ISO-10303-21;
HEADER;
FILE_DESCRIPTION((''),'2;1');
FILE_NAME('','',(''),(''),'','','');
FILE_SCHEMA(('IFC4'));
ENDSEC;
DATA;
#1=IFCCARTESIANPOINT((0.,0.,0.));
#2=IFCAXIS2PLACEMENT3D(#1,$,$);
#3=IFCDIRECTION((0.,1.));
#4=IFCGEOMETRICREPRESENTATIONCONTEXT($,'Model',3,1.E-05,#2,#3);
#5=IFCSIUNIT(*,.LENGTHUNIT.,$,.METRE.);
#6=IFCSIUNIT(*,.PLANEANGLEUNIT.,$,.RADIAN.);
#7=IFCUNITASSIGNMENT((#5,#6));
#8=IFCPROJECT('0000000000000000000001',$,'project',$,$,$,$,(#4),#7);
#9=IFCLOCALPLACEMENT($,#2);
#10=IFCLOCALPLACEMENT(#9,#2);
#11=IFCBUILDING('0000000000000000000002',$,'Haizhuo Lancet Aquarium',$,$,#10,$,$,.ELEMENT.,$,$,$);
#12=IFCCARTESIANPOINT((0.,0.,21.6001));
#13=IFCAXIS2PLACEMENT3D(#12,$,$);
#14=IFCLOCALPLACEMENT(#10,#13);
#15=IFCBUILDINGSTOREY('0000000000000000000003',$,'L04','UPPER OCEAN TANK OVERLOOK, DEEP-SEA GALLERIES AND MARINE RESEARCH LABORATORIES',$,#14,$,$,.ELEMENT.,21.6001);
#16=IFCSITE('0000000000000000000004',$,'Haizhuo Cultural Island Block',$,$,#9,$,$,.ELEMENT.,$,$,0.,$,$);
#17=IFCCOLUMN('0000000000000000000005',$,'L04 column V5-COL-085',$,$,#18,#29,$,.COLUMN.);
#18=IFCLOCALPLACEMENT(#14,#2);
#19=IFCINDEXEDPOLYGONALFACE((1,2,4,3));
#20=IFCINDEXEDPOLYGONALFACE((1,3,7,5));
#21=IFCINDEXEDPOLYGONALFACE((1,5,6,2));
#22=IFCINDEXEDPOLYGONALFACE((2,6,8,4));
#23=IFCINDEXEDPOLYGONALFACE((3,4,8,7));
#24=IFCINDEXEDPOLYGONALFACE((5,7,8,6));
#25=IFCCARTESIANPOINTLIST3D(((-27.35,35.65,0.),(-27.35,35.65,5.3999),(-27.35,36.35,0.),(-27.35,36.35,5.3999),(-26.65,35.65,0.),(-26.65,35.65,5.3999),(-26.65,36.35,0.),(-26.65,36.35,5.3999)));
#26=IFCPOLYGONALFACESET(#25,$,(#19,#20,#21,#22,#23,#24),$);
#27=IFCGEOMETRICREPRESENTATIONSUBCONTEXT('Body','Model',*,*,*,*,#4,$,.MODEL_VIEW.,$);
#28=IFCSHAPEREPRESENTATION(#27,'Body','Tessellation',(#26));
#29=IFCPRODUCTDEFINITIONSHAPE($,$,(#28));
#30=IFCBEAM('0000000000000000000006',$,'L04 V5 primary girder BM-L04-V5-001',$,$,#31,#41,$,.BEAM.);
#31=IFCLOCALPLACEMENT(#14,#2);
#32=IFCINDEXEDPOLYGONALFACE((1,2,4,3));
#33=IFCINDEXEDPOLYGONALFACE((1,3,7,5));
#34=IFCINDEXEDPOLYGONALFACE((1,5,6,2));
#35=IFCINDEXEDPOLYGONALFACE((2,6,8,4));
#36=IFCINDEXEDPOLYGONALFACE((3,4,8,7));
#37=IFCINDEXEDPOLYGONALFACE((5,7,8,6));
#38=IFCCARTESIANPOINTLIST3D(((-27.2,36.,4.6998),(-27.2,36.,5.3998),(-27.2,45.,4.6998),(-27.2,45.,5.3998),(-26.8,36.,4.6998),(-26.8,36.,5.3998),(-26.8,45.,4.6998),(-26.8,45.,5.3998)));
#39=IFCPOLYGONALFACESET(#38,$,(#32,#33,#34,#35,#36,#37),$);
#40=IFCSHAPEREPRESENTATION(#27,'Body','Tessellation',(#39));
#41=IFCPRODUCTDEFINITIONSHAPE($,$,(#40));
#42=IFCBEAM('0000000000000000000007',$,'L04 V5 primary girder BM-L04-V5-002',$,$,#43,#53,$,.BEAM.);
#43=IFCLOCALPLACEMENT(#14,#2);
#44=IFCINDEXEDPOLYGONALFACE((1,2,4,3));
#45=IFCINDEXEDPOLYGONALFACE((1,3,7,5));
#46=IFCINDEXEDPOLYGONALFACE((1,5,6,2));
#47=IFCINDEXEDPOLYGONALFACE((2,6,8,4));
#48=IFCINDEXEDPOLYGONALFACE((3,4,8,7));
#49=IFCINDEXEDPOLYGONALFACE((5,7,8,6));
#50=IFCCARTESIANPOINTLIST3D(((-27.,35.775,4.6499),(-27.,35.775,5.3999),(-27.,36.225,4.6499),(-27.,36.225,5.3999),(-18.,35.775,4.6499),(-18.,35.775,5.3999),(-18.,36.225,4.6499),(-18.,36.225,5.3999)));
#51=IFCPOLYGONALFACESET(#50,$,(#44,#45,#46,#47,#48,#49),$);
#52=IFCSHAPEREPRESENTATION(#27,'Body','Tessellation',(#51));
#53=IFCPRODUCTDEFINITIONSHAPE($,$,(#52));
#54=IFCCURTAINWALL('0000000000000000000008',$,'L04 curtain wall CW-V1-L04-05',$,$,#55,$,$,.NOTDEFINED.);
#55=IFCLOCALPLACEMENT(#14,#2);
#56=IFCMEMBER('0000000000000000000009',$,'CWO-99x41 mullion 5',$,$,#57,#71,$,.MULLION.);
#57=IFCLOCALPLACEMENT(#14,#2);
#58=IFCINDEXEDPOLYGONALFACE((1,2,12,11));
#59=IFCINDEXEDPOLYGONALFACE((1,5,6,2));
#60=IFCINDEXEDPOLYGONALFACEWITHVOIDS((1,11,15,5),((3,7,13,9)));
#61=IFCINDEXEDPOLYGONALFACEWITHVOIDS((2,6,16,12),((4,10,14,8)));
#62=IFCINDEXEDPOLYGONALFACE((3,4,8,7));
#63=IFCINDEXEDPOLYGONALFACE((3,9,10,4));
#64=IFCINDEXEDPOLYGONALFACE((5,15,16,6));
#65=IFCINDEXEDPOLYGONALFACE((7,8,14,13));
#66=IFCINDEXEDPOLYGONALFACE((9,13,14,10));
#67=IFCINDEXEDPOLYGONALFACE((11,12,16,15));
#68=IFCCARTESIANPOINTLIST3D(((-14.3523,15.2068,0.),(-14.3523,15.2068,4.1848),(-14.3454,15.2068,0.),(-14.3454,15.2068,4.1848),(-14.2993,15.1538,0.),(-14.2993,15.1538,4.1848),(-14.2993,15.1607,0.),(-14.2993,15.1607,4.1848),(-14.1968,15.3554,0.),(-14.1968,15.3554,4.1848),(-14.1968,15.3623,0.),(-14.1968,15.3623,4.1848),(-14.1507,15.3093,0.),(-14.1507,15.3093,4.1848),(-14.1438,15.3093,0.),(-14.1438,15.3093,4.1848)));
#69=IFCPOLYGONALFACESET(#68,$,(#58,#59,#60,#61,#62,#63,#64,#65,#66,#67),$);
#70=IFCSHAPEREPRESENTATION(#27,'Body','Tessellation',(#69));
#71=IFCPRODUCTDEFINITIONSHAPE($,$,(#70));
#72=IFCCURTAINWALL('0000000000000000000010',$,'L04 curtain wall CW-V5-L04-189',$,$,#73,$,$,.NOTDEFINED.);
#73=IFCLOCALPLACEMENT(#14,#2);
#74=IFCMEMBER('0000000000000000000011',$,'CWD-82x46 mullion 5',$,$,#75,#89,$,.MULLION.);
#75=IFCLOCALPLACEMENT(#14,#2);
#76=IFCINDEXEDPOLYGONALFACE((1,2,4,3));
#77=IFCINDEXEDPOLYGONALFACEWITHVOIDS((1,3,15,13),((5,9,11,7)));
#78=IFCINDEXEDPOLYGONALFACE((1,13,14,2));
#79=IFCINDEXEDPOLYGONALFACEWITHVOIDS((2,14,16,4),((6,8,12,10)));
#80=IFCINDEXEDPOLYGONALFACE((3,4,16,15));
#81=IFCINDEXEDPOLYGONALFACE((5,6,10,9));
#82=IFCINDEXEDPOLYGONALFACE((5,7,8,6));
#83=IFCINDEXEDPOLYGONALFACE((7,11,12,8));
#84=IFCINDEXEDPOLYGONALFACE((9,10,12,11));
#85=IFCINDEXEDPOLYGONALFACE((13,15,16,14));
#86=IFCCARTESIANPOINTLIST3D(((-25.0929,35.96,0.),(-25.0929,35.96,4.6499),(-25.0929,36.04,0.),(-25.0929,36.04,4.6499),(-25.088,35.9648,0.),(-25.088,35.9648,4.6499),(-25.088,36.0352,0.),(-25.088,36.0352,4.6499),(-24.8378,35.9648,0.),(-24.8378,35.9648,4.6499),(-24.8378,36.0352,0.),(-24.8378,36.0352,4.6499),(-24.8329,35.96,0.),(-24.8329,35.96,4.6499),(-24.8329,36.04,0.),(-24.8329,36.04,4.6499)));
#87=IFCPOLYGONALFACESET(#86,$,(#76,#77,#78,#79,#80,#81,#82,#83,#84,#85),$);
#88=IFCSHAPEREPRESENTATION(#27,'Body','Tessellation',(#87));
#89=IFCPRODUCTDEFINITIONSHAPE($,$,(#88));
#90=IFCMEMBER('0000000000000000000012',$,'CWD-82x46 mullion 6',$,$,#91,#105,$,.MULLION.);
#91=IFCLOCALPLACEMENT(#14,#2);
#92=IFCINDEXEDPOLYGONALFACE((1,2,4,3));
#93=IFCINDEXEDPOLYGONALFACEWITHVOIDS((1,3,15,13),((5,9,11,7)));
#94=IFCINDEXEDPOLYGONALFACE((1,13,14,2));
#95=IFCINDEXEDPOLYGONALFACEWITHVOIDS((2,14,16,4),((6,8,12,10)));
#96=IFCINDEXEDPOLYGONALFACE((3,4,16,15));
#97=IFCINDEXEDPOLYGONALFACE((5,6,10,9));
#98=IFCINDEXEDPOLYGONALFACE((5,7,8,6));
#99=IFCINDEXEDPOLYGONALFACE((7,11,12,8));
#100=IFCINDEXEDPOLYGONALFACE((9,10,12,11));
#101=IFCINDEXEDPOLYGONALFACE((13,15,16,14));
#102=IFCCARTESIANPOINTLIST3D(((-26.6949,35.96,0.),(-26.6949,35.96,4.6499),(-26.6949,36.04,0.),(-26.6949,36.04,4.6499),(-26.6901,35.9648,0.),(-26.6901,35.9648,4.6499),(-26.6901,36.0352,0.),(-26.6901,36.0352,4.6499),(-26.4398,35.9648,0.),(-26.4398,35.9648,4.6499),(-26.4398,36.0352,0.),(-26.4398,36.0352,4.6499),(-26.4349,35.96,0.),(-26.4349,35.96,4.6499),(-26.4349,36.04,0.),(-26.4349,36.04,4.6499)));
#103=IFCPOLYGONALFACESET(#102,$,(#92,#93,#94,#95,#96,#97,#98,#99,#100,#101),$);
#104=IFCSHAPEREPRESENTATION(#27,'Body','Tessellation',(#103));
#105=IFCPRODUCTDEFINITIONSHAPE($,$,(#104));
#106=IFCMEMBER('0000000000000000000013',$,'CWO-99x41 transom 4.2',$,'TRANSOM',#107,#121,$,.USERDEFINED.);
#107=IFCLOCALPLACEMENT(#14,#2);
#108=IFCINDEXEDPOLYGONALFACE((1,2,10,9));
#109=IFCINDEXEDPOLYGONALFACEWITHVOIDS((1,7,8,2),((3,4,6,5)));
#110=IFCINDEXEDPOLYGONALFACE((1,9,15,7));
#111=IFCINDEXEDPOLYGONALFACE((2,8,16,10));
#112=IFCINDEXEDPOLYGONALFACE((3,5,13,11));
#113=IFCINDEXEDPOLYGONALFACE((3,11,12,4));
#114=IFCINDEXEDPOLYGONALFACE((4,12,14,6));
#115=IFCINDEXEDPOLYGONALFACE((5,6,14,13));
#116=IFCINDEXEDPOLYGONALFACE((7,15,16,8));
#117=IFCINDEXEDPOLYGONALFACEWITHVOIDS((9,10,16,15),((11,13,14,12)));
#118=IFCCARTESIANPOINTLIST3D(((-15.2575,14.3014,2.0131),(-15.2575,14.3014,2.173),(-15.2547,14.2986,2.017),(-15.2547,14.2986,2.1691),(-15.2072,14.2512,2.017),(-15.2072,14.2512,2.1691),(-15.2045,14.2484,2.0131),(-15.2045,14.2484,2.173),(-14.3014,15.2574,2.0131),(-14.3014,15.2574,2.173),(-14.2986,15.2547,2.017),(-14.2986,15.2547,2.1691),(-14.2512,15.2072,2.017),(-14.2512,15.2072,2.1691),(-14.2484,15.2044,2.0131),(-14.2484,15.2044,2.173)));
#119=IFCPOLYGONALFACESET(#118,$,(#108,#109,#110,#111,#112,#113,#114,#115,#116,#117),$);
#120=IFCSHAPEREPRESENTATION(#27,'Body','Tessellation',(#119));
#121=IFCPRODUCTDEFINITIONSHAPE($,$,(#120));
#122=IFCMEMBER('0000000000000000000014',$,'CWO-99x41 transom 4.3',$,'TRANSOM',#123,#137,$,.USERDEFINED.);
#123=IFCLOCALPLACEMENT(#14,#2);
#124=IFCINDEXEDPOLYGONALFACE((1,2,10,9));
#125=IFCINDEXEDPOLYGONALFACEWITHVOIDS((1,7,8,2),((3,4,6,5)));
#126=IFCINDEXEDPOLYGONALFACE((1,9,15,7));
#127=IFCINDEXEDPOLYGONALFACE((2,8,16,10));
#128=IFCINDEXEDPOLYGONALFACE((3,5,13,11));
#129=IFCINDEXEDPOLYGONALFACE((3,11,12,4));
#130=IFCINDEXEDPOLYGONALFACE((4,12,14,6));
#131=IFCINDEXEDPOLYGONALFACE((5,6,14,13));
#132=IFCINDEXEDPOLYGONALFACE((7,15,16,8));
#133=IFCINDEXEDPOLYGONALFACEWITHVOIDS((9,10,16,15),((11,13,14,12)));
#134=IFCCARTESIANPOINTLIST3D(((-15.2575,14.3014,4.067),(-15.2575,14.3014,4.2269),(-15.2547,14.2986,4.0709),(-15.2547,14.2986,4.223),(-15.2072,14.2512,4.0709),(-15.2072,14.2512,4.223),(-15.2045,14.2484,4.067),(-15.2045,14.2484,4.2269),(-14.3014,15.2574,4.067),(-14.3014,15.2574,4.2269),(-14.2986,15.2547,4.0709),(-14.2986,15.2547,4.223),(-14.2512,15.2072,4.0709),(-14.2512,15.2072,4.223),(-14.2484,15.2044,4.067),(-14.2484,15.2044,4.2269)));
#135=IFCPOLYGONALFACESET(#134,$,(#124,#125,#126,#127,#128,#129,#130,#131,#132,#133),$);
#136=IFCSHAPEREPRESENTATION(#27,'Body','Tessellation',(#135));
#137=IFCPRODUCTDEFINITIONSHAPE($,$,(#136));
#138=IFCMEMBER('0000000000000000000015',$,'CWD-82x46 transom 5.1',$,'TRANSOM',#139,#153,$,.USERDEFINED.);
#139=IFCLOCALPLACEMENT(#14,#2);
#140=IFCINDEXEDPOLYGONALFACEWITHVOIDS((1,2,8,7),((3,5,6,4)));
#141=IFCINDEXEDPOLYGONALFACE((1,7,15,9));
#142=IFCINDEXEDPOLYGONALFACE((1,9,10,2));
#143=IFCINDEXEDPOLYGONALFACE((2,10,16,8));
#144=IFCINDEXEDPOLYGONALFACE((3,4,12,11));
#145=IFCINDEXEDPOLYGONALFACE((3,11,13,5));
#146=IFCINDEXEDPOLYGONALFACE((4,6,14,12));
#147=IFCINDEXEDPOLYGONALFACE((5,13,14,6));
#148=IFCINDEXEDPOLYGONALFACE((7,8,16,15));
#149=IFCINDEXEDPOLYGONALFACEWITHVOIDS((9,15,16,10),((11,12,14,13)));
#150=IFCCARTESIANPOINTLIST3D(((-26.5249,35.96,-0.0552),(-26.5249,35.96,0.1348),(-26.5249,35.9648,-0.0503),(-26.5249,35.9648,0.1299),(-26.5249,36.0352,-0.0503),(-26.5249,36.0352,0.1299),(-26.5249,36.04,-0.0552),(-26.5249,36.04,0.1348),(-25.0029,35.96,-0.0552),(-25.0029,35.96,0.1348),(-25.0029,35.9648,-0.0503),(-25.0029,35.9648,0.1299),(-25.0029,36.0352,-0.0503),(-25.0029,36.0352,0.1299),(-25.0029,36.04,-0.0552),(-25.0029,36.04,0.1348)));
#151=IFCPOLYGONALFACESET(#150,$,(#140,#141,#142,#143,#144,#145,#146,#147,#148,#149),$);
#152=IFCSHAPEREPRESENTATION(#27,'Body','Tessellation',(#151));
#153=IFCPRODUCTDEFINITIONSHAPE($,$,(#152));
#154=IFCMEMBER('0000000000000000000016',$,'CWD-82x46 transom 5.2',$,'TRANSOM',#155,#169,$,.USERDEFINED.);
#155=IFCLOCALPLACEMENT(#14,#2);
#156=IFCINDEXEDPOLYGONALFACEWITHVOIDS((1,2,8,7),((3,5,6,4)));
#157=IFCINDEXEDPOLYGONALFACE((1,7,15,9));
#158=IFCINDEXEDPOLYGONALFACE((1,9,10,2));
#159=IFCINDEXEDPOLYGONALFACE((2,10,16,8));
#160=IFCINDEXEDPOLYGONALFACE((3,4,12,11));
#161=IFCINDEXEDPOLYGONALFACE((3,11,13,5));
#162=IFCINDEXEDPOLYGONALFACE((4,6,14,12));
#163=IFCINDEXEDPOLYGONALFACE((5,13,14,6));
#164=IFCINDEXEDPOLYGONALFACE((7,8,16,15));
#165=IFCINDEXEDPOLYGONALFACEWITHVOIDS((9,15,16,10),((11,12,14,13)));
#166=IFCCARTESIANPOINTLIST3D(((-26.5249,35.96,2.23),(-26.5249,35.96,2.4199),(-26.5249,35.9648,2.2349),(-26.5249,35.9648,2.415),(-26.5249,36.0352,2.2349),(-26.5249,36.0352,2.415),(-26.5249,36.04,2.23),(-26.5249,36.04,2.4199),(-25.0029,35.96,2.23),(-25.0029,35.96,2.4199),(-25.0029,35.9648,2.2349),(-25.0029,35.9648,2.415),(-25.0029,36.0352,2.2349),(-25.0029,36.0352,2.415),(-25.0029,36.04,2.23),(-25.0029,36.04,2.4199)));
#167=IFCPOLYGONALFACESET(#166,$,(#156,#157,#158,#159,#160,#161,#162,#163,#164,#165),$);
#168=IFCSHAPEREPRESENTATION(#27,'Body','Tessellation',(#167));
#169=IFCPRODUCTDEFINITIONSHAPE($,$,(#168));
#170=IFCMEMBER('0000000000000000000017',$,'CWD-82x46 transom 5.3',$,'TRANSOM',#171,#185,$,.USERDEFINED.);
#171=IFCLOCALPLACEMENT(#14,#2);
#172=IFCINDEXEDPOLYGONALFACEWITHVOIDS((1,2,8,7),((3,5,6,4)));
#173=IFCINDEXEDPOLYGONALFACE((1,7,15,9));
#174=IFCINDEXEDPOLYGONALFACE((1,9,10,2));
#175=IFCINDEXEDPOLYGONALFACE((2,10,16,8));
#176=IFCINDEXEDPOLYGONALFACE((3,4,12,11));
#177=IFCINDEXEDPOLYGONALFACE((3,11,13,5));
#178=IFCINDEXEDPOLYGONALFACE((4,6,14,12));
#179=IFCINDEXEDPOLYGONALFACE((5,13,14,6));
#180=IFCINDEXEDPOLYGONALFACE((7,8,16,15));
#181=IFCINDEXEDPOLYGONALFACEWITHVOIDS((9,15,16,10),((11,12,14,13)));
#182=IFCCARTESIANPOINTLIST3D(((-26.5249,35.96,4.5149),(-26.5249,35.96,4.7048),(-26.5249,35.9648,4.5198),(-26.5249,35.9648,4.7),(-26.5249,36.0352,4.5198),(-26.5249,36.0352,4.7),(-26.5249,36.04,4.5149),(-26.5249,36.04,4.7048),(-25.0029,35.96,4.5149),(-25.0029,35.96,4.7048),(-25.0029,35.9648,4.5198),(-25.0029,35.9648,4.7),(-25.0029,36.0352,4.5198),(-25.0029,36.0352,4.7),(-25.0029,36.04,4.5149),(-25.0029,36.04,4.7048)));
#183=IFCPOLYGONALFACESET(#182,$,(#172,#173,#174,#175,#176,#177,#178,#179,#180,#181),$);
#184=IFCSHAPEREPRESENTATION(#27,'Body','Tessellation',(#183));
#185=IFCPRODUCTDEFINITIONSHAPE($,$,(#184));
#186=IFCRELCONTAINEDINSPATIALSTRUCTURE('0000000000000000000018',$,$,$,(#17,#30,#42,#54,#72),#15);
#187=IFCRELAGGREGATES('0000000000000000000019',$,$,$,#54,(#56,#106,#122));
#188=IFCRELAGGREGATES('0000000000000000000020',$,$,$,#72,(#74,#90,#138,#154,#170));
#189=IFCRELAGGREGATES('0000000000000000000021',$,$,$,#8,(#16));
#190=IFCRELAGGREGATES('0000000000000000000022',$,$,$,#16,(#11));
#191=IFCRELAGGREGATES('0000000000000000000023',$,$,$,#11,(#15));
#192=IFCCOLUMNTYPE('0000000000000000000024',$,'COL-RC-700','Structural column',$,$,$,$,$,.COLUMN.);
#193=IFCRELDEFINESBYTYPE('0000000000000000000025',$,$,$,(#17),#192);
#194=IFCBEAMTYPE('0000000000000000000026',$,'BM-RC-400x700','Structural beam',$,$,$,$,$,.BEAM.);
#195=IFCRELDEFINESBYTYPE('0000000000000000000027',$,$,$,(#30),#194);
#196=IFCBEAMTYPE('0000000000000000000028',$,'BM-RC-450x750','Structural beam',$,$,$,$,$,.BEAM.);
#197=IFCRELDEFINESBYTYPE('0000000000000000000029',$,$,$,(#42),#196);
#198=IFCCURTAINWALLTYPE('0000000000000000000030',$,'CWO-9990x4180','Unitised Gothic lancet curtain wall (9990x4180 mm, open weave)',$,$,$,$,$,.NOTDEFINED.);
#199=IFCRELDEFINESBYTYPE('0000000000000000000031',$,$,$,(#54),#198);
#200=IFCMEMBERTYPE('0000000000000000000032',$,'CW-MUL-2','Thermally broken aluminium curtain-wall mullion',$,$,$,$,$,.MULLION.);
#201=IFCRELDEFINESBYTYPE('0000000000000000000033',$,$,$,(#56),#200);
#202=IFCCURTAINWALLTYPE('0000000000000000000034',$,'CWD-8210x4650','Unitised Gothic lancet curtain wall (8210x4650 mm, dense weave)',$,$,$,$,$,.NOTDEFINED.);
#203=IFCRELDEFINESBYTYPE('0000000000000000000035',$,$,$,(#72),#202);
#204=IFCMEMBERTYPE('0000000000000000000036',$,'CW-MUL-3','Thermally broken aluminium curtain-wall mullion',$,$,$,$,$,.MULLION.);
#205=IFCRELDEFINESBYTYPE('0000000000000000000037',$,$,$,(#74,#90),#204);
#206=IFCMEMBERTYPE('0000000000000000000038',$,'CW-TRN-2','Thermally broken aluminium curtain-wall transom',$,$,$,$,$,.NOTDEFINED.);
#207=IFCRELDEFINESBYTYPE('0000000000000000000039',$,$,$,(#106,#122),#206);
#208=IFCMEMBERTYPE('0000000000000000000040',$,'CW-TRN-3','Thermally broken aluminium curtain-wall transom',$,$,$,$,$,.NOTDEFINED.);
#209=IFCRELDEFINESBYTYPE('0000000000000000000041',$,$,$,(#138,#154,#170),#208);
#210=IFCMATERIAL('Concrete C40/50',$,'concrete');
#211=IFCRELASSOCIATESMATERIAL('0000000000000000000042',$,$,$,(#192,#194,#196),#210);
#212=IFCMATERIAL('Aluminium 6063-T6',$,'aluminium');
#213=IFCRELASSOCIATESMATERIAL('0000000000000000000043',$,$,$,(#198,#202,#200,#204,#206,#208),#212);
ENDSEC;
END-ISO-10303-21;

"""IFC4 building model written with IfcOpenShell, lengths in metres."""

from ifc_helpers import new_model, si_unit, direction, frame, origin, origin_2d, place, context, subcontext, project, spatial, rectangle, hollow_rectangle, extrude, material, material_profile, profile_set, type_object, element, aggregate, save


model = new_model("IFC4")

# Units and contexts
model_context = context("Model", 3, precision=1e-05, world=origin(), true_north=direction((0.0, 1.0)))
body_context = subcontext(model_context, "Body", "Model", "MODEL_VIEW")
ifc_project = project(units=[si_unit("LENGTHUNIT", "METRE"), si_unit("PLANEANGLEUNIT", "RADIAN")], contexts=[model_context])

# Site, building, storey
site_placement = place(None, origin())
site = spatial("IfcSite", under=ifc_project, at=site_placement, Name="Haizhuo Cultural Island Block", CompositionType="ELEMENT", RefElevation=0.0)
building_placement = place(site_placement, origin())
building = spatial("IfcBuilding", under=site, at=building_placement, Name="Haizhuo Lancet Aquarium", CompositionType="ELEMENT")
storey_placement = place(building_placement, frame((0.0, 0.0, 21.6001)))
storey = spatial("IfcBuildingStorey", under=building, at=storey_placement, Name="L04", Description="UPPER OCEAN TANK OVERLOOK, DEEP-SEA GALLERIES AND MARINE RESEARCH LABORATORIES", CompositionType="ELEMENT", Elevation=21.6001)

# Column
ifc_material_1 = material(Name="Concrete C40/50", Category="concrete")
ifc_material_profile_1 = material_profile(ifc_material_1, rectangle(XDim=0.7, YDim=0.7, at=origin_2d()), Name="RC-COL 700x700")
ifc_profile_set_1 = profile_set([ifc_material_profile_1], Name="Concrete C40/50")
column_type = type_object("IfcColumnType", Name="COL-RC-700", Description="Structural column", PredefinedType="COLUMN", material=ifc_profile_set_1)
column_placement = place(storey_placement, frame((-27.0, 36.0, 0.0), z_axis=(0.0, 0.0, 1.0), x_axis=(1.0, 0.0, 0.0)))
element("IfcColumn", 1, at=column_placement, inside=storey, type_object=column_type, Name="L04 column V5-COL-085", PredefinedType="COLUMN", context=body_context, shape_type="SweptSolid", body=[
    extrude(rectangle(XDim=0.7, YDim=0.7, at=origin_2d()), origin(), (0.0, 0.0, 1.0), 5.3999),
])

# Beams
ifc_material_profile_2 = material_profile(ifc_material_1, rectangle(XDim=0.3999, YDim=0.7, at=origin_2d()), Name="RC-BM 400x700")
ifc_profile_set_2 = profile_set([ifc_material_profile_2], Name="Concrete C40/50")
beam_type_1 = type_object("IfcBeamType", Name="BM-RC-400x700", Description="Structural beam", PredefinedType="BEAM", material=ifc_profile_set_2)
beam_1_placement = place(storey_placement, frame((-27.0, 36.0, 5.0498), z_axis=(0.0, 1.0, 0.0), x_axis=(-1.0, 0.0, 0.0)))
element("IfcBeam", 2, at=beam_1_placement, inside=storey, type_object=beam_type_1, Name="L04 V5 primary girder BM-L04-V5-001", PredefinedType="BEAM", context=body_context, shape_type="SweptSolid", body=[
    extrude(rectangle(XDim=0.3999, YDim=0.7, at=origin_2d()), origin(), (0.0, 0.0, 1.0), 9.0),
])
ifc_material_profile_3 = material_profile(ifc_material_1, rectangle(XDim=0.45, YDim=0.75, at=origin_2d()), Name="RC-BM 450x750")
ifc_profile_set_3 = profile_set([ifc_material_profile_3], Name="Concrete C40/50")
beam_type_2 = type_object("IfcBeamType", Name="BM-RC-450x750", Description="Structural beam", PredefinedType="BEAM", material=ifc_profile_set_3)
beam_2_placement = place(storey_placement, frame((-27.0, 36.0, 5.0249), z_axis=(1.0, 0.0, 0.0), x_axis=(0.0, 1.0, 0.0)))
element("IfcBeam", 3, at=beam_2_placement, inside=storey, type_object=beam_type_2, Name="L04 V5 primary girder BM-L04-V5-002", PredefinedType="BEAM", context=body_context, shape_type="SweptSolid", body=[
    extrude(rectangle(XDim=0.45, YDim=0.75, at=origin_2d()), origin(), (0.0, 0.0, 1.0), 9.0),
])

# Curtain wall, member
ifc_material_2 = material(Name="Aluminium 6063-T6", Category="aluminium")
curtain_wall_type_1 = type_object("IfcCurtainWallType", Name="CWO-9990x4180", Description="Unitised Gothic lancet curtain wall (9990x4180 mm, open weave)", PredefinedType="NOTDEFINED", material=ifc_material_2)
curtain_wall_1_placement = place(storey_placement, origin())
curtain_wall_1 = element("IfcCurtainWall", 4, at=curtain_wall_1_placement, inside=storey, type_object=curtain_wall_type_1, Name="L04 curtain wall CW-V1-L04-05", PredefinedType="NOTDEFINED")
ifc_material_profile_4 = material_profile(ifc_material_2, hollow_rectangle(XDim=0.075, YDim=0.22, WallThickness=0.0049, at=origin_2d()), Name="ALU-M 75x220x5")
ifc_profile_set_4 = profile_set([ifc_material_profile_4], Name="Aluminium 6063-T6")
member_type_1 = type_object("IfcMemberType", Name="CW-MUL-2", Description="Thermally broken aluminium curtain-wall mullion", PredefinedType="MULLION", material=ifc_profile_set_4)
member_1_placement = place(storey_placement, frame((-14.248, 15.2581, 0.0), z_axis=(0.0, 0.0, 1.0), x_axis=(-0.707107, 0.707107, 0.0)))
member_1 = element("IfcMember", 5, at=member_1_placement, type_object=member_type_1, Name="CWO-99x41 mullion 5", PredefinedType="MULLION", context=body_context, shape_type="SweptSolid", body=[
    extrude(hollow_rectangle(XDim=0.075, YDim=0.22, WallThickness=0.0049, at=origin_2d()), origin(), (0.0, 0.0, 1.0), 4.1848),
])

# Curtain wall, members
curtain_wall_type_2 = type_object("IfcCurtainWallType", Name="CWD-8210x4650", Description="Unitised Gothic lancet curtain wall (8210x4650 mm, dense weave)", PredefinedType="NOTDEFINED", material=ifc_material_2)
curtain_wall_2_placement = place(storey_placement, origin())
curtain_wall_2 = element("IfcCurtainWall", 6, at=curtain_wall_2_placement, inside=storey, type_object=curtain_wall_type_2, Name="L04 curtain wall CW-V5-L04-189", PredefinedType="NOTDEFINED")
ifc_material_profile_5 = material_profile(ifc_material_2, hollow_rectangle(XDim=0.0801, YDim=0.26, WallThickness=0.0049, at=origin_2d()), Name="ALU-M 80x260x5")
ifc_profile_set_5 = profile_set([ifc_material_profile_5], Name="Aluminium 6063-T6")
member_type_2 = type_object("IfcMemberType", Name="CW-MUL-3", Description="Thermally broken aluminium curtain-wall mullion", PredefinedType="MULLION", material=ifc_profile_set_5)
member_2_placement = place(storey_placement, frame((-24.9629, 36.0, 0.0), z_axis=(0.0, 0.0, 1.0), x_axis=(0.0, -1.0, 0.0)))
member_2 = element("IfcMember", 7, at=member_2_placement, type_object=member_type_2, Name="CWD-82x46 mullion 5", PredefinedType="MULLION", context=body_context, shape_type="SweptSolid", body=[
    extrude(hollow_rectangle(XDim=0.0801, YDim=0.26, WallThickness=0.0049, at=origin_2d()), origin(), (0.0, 0.0, 1.0), 4.6499),
])
member_3_placement = place(storey_placement, frame((-26.5649, 36.0, 0.0), z_axis=(0.0, 0.0, 1.0), x_axis=(0.0, -1.0, 0.0)))
member_3 = element("IfcMember", 8, at=member_3_placement, type_object=member_type_2, Name="CWD-82x46 mullion 6", PredefinedType="MULLION", context=body_context, shape_type="SweptSolid", body=[
    extrude(hollow_rectangle(XDim=0.0801, YDim=0.26, WallThickness=0.0049, at=origin_2d()), origin(), (0.0, 0.0, 1.0), 4.6499),
])

# Members
ifc_material_profile_6 = material_profile(ifc_material_2, hollow_rectangle(XDim=0.075, YDim=0.1599, WallThickness=0.0039, at=origin_2d()), Name="ALU-T 75x160x4")
ifc_profile_set_6 = profile_set([ifc_material_profile_6], Name="Aluminium 6063-T6")
member_type_3 = type_object("IfcMemberType", Name="CW-TRN-2", Description="Thermally broken aluminium curtain-wall transom", PredefinedType="NOTDEFINED", material=ifc_profile_set_6)
member_4_placement = place(storey_placement, frame((-15.231, 14.2749, 2.093), z_axis=(0.707107, 0.707107, 0.0), x_axis=(-0.707107, 0.707107, 0.0)))
member_4 = element("IfcMember", 9, at=member_4_placement, type_object=member_type_3, Name="CWO-99x41 transom 4.2", ObjectType="TRANSOM", PredefinedType="USERDEFINED", context=body_context, shape_type="SweptSolid", body=[
    extrude(hollow_rectangle(XDim=0.075, YDim=0.1599, WallThickness=0.0039, at=origin_2d()), origin(), (0.0, 0.0, 1.0), 1.3521),
])
member_5_placement = place(storey_placement, frame((-15.231, 14.2749, 4.147), z_axis=(0.707107, 0.707107, 0.0), x_axis=(-0.707107, 0.707107, 0.0)))
member_5 = element("IfcMember", 10, at=member_5_placement, type_object=member_type_3, Name="CWO-99x41 transom 4.3", ObjectType="TRANSOM", PredefinedType="USERDEFINED", context=body_context, shape_type="SweptSolid", body=[
    extrude(hollow_rectangle(XDim=0.075, YDim=0.1599, WallThickness=0.0039, at=origin_2d()), origin(), (0.0, 0.0, 1.0), 1.3521),
])
ifc_material_profile_7 = material_profile(ifc_material_2, hollow_rectangle(XDim=0.0801, YDim=0.1899, WallThickness=0.0049, at=origin_2d()), Name="ALU-T 80x190x5")
ifc_profile_set_7 = profile_set([ifc_material_profile_7], Name="Aluminium 6063-T6")
member_type_4 = type_object("IfcMemberType", Name="CW-TRN-3", Description="Thermally broken aluminium curtain-wall transom", PredefinedType="NOTDEFINED", material=ifc_profile_set_7)
member_6_placement = place(storey_placement, frame((-25.0029, 36.0, 0.0398), z_axis=(-1.0, 0.0, 0.0), x_axis=(0.0, -1.0, 0.0)))
member_6 = element("IfcMember", 11, at=member_6_placement, type_object=member_type_4, Name="CWD-82x46 transom 5.1", ObjectType="TRANSOM", PredefinedType="USERDEFINED", context=body_context, shape_type="SweptSolid", body=[
    extrude(hollow_rectangle(XDim=0.0801, YDim=0.1899, WallThickness=0.0049, at=origin_2d()), origin(), (0.0, 0.0, 1.0), 1.522),
])
member_7_placement = place(storey_placement, frame((-25.0029, 36.0, 2.325), z_axis=(-1.0, 0.0, 0.0), x_axis=(0.0, -1.0, 0.0)))
member_7 = element("IfcMember", 12, at=member_7_placement, type_object=member_type_4, Name="CWD-82x46 transom 5.2", ObjectType="TRANSOM", PredefinedType="USERDEFINED", context=body_context, shape_type="SweptSolid", body=[
    extrude(hollow_rectangle(XDim=0.0801, YDim=0.1899, WallThickness=0.0049, at=origin_2d()), origin(), (0.0, 0.0, 1.0), 1.522),
])
member_8_placement = place(storey_placement, frame((-25.0029, 36.0, 4.6099), z_axis=(-1.0, 0.0, 0.0), x_axis=(0.0, -1.0, 0.0)))
member_8 = element("IfcMember", 13, at=member_8_placement, type_object=member_type_4, Name="CWD-82x46 transom 5.3", ObjectType="TRANSOM", PredefinedType="USERDEFINED", context=body_context, shape_type="SweptSolid", body=[
    extrude(hollow_rectangle(XDim=0.0801, YDim=0.1899, WallThickness=0.0049, at=origin_2d()), origin(), (0.0, 0.0, 1.0), 1.522),
])

aggregate(curtain_wall_1, [member_1, member_4, member_5])
aggregate(curtain_wall_2, [member_2, member_3, member_6, member_7, member_8])

save(model, "model.ifc")
